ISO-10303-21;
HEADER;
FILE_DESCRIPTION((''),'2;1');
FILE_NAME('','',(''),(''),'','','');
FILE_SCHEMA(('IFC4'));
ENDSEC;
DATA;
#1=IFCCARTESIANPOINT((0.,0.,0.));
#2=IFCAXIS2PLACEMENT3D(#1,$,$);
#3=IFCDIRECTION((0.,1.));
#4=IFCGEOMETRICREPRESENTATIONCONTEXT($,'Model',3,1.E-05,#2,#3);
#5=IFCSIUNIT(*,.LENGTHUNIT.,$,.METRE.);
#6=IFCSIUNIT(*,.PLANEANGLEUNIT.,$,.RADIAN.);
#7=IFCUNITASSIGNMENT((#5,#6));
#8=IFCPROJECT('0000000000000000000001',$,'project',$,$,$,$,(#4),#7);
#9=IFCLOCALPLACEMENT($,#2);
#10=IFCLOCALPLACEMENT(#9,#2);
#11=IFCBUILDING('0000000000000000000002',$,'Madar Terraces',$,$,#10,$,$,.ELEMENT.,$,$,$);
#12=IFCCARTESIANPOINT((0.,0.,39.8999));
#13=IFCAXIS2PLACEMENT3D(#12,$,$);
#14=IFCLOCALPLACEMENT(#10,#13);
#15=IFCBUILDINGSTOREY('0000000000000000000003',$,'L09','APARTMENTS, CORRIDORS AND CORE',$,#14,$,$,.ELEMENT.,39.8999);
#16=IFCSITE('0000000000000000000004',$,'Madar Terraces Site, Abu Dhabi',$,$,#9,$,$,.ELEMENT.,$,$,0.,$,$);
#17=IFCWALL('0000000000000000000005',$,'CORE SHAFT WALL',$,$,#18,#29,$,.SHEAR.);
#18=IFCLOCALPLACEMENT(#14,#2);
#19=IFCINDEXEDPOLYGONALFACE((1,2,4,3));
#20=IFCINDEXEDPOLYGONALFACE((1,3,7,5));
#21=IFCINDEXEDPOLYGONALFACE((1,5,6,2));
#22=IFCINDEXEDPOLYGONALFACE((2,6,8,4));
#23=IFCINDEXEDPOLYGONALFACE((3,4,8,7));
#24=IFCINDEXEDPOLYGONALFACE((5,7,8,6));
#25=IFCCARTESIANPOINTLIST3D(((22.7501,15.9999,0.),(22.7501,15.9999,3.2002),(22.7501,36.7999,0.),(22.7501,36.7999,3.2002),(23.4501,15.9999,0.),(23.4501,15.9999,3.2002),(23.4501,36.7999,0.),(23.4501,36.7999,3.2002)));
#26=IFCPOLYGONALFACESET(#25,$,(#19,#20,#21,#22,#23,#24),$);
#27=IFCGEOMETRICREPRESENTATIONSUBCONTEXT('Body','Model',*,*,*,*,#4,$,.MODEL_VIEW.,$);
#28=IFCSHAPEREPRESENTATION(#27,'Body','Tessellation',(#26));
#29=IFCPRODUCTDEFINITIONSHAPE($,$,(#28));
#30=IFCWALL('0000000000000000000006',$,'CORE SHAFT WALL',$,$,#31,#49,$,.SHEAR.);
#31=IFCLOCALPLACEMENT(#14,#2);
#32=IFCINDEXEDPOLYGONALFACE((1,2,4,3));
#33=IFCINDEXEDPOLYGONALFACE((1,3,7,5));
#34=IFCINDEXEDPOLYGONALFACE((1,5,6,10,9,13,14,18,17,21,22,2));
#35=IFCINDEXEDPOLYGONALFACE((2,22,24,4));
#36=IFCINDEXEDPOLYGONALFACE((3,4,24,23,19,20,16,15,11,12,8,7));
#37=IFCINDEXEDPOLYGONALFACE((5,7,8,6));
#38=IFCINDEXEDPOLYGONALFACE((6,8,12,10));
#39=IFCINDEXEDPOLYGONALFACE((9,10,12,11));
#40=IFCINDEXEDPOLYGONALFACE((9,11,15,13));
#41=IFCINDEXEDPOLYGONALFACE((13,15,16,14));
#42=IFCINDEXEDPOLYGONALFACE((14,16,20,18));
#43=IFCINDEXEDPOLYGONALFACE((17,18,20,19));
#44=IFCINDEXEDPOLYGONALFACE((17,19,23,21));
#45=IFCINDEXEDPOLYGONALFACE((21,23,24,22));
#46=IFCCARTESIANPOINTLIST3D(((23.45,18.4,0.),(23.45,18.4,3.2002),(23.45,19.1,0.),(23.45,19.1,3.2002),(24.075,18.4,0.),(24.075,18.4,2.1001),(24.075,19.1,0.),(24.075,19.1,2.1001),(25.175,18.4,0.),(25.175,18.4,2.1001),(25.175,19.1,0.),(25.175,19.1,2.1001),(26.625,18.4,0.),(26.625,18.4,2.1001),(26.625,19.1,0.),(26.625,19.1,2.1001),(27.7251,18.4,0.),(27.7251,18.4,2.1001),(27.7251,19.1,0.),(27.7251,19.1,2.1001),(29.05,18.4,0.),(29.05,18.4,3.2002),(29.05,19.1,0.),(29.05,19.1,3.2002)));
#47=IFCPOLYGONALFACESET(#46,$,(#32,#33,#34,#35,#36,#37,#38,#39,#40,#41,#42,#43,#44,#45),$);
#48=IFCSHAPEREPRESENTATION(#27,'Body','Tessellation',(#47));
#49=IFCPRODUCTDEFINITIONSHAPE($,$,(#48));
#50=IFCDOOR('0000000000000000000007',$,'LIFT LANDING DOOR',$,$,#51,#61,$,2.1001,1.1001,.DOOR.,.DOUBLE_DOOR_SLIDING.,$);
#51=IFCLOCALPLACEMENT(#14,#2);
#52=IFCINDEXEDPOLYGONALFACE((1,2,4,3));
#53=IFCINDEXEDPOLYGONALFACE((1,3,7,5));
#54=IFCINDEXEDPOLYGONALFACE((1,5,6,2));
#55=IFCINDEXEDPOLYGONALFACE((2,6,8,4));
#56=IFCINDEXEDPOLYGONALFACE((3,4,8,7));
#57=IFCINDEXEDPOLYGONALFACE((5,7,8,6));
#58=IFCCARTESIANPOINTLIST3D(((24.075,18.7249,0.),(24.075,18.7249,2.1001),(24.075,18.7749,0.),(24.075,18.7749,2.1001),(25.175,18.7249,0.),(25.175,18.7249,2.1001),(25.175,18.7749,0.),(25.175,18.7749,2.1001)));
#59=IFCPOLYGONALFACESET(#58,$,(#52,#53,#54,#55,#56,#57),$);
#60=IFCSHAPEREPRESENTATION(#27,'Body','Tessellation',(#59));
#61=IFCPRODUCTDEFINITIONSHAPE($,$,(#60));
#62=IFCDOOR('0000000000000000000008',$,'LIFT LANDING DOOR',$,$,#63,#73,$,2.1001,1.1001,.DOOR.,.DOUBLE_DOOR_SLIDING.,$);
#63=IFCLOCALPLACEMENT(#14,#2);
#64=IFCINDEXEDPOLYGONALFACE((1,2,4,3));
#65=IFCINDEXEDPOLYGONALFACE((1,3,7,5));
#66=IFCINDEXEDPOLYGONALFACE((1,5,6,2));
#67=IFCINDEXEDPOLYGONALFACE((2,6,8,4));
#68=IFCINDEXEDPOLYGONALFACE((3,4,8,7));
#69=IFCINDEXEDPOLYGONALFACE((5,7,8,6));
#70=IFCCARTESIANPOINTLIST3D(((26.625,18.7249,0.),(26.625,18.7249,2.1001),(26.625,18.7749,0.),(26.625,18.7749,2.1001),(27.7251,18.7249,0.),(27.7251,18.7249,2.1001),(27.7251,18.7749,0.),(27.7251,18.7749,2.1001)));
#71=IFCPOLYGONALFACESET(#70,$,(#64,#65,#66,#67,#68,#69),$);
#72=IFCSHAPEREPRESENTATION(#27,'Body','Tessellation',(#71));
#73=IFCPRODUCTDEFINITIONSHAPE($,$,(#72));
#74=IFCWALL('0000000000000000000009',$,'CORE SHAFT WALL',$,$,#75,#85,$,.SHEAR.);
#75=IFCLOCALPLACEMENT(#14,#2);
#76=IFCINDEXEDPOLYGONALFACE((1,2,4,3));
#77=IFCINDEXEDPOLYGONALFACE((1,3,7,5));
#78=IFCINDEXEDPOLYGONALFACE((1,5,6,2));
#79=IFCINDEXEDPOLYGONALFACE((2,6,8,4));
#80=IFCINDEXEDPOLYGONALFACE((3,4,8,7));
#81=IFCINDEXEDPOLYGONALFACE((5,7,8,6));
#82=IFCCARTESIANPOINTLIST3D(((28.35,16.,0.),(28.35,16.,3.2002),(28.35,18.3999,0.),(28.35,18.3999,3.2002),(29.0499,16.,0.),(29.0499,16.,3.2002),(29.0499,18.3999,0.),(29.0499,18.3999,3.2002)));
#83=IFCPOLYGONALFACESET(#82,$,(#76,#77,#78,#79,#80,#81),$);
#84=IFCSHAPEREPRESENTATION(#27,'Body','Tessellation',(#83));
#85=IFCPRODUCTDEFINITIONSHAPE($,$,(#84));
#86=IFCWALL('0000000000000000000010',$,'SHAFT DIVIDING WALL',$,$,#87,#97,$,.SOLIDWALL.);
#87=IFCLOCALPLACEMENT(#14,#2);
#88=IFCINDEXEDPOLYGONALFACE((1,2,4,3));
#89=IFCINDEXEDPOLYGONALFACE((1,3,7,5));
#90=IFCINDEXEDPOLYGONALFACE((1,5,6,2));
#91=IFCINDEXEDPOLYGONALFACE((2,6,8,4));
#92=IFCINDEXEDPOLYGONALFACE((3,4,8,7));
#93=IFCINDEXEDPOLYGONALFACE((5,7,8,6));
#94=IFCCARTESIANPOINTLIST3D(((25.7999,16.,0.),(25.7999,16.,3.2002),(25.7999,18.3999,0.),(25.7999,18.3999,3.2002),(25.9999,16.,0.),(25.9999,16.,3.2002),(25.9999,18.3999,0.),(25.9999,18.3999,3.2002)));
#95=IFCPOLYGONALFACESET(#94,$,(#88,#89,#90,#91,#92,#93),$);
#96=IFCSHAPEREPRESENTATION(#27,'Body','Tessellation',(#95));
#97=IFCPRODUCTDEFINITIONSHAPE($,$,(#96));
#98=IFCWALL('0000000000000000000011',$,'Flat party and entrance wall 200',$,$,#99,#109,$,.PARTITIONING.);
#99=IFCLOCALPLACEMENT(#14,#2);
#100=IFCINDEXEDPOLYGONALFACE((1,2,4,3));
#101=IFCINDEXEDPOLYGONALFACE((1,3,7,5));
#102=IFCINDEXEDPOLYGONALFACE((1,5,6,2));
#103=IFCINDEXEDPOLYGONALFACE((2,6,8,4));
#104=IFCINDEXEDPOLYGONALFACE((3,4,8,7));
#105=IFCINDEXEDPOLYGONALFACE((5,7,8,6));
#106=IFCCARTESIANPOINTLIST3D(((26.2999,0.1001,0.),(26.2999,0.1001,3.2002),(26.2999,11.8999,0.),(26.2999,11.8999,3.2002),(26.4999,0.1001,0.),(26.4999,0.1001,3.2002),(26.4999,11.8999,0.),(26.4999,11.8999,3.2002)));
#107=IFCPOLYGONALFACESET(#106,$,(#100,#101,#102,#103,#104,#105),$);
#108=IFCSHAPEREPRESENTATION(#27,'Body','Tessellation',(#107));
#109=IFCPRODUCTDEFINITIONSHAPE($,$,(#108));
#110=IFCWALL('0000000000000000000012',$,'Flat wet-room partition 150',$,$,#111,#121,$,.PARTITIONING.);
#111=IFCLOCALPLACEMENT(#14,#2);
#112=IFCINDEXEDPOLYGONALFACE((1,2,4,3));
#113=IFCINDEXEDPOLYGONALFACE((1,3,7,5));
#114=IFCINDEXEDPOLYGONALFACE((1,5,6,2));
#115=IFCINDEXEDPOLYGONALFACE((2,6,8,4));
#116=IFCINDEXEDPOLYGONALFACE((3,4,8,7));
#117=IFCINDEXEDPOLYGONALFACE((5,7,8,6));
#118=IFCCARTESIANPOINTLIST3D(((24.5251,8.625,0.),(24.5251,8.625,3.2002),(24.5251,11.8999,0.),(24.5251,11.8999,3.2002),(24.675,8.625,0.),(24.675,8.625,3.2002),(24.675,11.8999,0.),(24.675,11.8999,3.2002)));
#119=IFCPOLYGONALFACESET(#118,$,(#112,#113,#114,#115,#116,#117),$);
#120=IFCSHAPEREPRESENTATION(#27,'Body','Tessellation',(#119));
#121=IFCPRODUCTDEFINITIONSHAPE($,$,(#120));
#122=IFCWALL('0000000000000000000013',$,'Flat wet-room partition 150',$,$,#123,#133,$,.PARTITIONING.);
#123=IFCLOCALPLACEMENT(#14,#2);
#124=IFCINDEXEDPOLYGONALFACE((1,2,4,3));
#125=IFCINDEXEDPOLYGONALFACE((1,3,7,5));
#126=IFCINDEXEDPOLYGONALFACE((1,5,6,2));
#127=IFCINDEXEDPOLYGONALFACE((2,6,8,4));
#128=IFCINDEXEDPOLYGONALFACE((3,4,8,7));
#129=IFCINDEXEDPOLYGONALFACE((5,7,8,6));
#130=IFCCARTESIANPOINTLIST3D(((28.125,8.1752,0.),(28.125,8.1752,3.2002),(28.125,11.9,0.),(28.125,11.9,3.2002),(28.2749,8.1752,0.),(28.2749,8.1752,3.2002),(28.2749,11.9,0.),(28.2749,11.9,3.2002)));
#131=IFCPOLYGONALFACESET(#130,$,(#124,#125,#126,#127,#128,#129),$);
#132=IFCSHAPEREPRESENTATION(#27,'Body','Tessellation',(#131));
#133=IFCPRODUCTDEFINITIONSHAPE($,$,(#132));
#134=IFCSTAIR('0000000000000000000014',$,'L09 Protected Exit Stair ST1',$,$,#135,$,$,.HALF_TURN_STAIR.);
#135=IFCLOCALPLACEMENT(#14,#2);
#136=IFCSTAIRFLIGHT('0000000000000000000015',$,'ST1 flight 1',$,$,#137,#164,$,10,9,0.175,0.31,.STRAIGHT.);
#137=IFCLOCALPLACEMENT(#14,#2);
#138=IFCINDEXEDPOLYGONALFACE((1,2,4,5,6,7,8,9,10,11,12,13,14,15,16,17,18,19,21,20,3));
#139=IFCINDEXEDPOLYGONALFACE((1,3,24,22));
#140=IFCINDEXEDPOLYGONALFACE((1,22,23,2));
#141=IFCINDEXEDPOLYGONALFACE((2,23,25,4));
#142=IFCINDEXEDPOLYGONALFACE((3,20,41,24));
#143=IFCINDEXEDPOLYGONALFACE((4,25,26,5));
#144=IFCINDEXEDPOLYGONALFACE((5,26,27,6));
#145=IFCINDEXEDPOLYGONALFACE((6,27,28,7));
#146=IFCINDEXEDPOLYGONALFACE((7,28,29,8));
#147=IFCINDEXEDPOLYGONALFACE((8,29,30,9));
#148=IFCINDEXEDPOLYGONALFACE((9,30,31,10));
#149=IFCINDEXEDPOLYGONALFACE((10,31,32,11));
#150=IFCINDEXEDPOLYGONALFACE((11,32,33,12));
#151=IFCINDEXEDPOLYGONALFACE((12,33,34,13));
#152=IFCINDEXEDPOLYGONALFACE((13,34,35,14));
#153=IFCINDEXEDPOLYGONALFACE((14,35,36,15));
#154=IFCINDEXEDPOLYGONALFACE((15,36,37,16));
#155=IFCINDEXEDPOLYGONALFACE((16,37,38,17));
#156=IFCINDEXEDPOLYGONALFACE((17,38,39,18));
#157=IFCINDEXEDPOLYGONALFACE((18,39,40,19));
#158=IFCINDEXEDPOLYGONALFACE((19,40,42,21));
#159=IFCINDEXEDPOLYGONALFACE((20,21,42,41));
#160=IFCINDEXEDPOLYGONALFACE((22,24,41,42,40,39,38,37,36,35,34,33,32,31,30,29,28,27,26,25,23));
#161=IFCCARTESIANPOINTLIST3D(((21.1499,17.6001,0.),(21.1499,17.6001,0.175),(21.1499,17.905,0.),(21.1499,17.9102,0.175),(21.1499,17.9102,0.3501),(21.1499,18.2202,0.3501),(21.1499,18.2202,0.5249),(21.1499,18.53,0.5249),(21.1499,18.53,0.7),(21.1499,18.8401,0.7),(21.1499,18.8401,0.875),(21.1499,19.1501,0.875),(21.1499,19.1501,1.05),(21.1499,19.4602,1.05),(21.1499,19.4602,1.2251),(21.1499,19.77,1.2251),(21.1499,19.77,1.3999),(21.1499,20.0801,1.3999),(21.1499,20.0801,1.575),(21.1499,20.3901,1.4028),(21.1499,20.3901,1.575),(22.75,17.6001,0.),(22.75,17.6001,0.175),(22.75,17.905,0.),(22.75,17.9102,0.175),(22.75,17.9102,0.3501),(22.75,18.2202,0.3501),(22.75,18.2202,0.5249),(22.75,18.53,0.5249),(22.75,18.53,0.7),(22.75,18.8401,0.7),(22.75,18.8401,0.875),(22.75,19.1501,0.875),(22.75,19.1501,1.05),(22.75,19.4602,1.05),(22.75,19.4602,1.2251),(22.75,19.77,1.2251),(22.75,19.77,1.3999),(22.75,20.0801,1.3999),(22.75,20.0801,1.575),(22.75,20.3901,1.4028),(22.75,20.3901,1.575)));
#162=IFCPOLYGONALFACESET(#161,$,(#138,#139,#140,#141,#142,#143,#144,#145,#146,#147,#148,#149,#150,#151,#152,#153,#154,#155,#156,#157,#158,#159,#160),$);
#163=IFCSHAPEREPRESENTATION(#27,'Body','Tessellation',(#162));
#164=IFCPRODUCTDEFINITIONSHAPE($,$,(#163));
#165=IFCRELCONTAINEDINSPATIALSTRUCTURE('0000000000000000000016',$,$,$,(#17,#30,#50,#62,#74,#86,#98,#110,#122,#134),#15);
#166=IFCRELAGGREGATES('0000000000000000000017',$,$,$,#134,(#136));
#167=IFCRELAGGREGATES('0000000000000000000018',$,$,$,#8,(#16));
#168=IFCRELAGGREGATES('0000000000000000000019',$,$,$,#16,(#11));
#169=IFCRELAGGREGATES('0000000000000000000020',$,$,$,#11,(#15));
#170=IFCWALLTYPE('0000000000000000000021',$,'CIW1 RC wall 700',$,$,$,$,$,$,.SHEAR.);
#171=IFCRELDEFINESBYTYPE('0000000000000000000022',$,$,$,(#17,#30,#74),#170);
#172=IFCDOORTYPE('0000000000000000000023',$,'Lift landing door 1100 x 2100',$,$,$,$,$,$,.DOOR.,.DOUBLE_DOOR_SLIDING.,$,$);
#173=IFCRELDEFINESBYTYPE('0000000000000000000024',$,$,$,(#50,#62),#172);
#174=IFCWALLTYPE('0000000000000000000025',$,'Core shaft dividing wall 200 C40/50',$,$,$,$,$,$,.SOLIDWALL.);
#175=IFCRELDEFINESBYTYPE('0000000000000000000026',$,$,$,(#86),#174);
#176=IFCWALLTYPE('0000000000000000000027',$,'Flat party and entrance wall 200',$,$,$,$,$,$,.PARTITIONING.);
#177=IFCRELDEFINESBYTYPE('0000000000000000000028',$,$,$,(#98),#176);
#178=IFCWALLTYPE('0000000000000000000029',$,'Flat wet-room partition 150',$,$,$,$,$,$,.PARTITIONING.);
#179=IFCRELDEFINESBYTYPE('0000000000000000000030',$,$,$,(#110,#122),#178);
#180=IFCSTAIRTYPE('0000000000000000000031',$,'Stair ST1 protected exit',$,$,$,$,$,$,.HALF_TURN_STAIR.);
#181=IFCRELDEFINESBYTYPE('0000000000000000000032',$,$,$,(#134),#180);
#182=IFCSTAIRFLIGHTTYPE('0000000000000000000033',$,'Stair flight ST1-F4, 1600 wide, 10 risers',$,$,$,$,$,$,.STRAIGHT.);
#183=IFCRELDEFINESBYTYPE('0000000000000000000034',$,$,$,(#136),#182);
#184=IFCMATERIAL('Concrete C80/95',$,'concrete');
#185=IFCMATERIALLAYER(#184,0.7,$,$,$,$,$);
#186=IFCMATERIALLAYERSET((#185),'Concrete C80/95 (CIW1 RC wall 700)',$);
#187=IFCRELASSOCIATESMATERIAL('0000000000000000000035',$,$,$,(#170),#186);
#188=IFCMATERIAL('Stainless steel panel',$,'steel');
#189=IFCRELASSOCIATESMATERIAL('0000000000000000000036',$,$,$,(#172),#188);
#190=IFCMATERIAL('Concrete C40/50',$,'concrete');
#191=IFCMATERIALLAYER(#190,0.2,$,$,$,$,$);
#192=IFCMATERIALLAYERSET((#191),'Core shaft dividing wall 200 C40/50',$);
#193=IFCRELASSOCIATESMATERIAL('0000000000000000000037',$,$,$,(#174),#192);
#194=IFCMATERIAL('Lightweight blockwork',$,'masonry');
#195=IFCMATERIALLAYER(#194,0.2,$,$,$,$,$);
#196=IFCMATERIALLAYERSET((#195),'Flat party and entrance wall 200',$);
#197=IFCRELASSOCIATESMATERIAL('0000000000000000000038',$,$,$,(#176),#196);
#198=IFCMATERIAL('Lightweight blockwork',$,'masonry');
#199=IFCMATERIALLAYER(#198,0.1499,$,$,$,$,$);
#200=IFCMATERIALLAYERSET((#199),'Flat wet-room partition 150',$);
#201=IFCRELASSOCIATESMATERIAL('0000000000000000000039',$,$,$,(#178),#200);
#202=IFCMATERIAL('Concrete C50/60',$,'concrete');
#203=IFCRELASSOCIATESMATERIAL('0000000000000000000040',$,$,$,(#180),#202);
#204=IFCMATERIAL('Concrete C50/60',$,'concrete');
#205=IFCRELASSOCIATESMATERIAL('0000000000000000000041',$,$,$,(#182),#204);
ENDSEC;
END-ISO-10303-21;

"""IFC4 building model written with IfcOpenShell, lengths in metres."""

from ifc_helpers import new_model, si_unit, direction, frame, frame_2d, origin, place, context, subcontext, project, spatial, polyline, rectangle, outline, extrude, material, layer, layer_set, type_object, element, fill, aggregate, save


model = new_model("IFC4")

# Units and contexts
model_context = context("Model", 3, precision=1e-05, world=origin(), true_north=direction((0.0, 1.0)))
body_context = subcontext(model_context, "Body", "Model", "MODEL_VIEW")
ifc_project = project(units=[si_unit("LENGTHUNIT", "METRE"), si_unit("PLANEANGLEUNIT", "RADIAN")], contexts=[model_context])

# Site, building, storey
site_placement = place(None, origin())
site = spatial("IfcSite", under=ifc_project, at=site_placement, Name="Madar Terraces Site, Abu Dhabi", CompositionType="ELEMENT", RefElevation=0.0)
building_placement = place(site_placement, origin())
building = spatial("IfcBuilding", under=site, at=building_placement, Name="Madar Terraces", CompositionType="ELEMENT")
storey_placement = place(building_placement, frame((0.0, 0.0, 39.8999)))
storey = spatial("IfcBuildingStorey", under=building, at=storey_placement, Name="L09", Description="APARTMENTS, CORRIDORS AND CORE", CompositionType="ELEMENT", Elevation=39.8999)

# Wall
ifc_material_1 = material(Name="Concrete C80/95", Category="concrete")
ifc_layer_1 = layer(ifc_material_1, 0.7)
ifc_layer_set_1 = layer_set([ifc_layer_1], Name="Concrete C80/95 (CIW1 RC wall 700)")
wall_type_1 = type_object("IfcWallType", Name="CIW1 RC wall 700", PredefinedType="SHEAR", material=ifc_layer_set_1)
wall_1_placement = place(storey_placement, frame((23.1001, 16.0, 0.0), z_axis=(0.0, 0.0, 1.0), x_axis=(0.0, 1.0, 0.0)))
element("IfcWall", 1, at=wall_1_placement, inside=storey, type_object=wall_type_1, Name="CORE SHAFT WALL", PredefinedType="SHEAR", context=body_context, shape_type="SweptSolid", body=[
    extrude(rectangle(XDim=20.8, YDim=0.7, at=frame_2d((10.3999, 0.0))), origin(), (0.0, 0.0, 1.0), 3.2002),
])

# Wall, openings, doors
wall_2_placement = place(storey_placement, frame((23.45, 18.75, 0.0), z_axis=(0.0, 0.0, 1.0), x_axis=(1.0, 0.0, 0.0)))
wall_2 = element("IfcWall", 2, at=wall_2_placement, inside=storey, type_object=wall_type_1, Name="CORE SHAFT WALL", PredefinedType="SHEAR", context=body_context, shape_type="SweptSolid", body=[
    extrude(rectangle(XDim=5.6001, YDim=0.7, at=frame_2d((2.8, 0.0))), origin(), (0.0, 0.0, 1.0), 3.2002),
])
opening_1_placement = place(wall_2_placement, frame((0.625, 0.0, 0.0)))
opening_1 = element("IfcOpeningElement", 3, at=opening_1_placement, cuts=wall_2, PredefinedType="OPENING", context=body_context, shape_type="SweptSolid", body=[
    extrude(rectangle(XDim=1.1001, YDim=2.1001, at=frame_2d((0.55, 1.05))), frame((0.0, 0.3599, 0.0), z_axis=(0.0, -1.0, 0.0), x_axis=(1.0, 0.0, 0.0)), (0.0, 0.0, 1.0), 0.72),
])
opening_2_placement = place(wall_2_placement, frame((3.175, 0.0, 0.0)))
opening_2 = element("IfcOpeningElement", 4, at=opening_2_placement, cuts=wall_2, PredefinedType="OPENING", context=body_context, shape_type="SweptSolid", body=[
    extrude(rectangle(XDim=1.1001, YDim=2.1001, at=frame_2d((0.55, 1.05))), frame((0.0, 0.3599, 0.0), z_axis=(0.0, -1.0, 0.0), x_axis=(1.0, 0.0, 0.0)), (0.0, 0.0, 1.0), 0.72),
])
ifc_material_2 = material(Name="Stainless steel panel", Category="steel")
door_type = type_object("IfcDoorType", Name="Lift landing door 1100 x 2100", OperationType="DOUBLE_DOOR_SLIDING", PredefinedType="DOOR", material=ifc_material_2)
door_1_placement = place(opening_1_placement, origin())
door_1 = element("IfcDoor", 5, at=door_1_placement, inside=storey, type_object=door_type, Name="LIFT LANDING DOOR", OperationType="DOUBLE_DOOR_SLIDING", OverallHeight=2.1001, OverallWidth=1.1001, PredefinedType="DOOR", context=body_context, shape_type="SweptSolid", body=[
    extrude(rectangle(XDim=1.1001, YDim=2.1001, at=frame_2d((0.55, 1.05))), frame((0.0, 0.0249, 0.0), z_axis=(0.0, -1.0, 0.0), x_axis=(1.0, 0.0, 0.0)), (0.0, 0.0, 1.0), 0.05),
])
fill(opening_1, door_1)
door_2_placement = place(opening_2_placement, origin())
door_2 = element("IfcDoor", 6, at=door_2_placement, inside=storey, type_object=door_type, Name="LIFT LANDING DOOR", OperationType="DOUBLE_DOOR_SLIDING", OverallHeight=2.1001, OverallWidth=1.1001, PredefinedType="DOOR", context=body_context, shape_type="SweptSolid", body=[
    extrude(rectangle(XDim=1.1001, YDim=2.1001, at=frame_2d((0.55, 1.05))), frame((0.0, 0.0249, 0.0), z_axis=(0.0, -1.0, 0.0), x_axis=(1.0, 0.0, 0.0)), (0.0, 0.0, 1.0), 0.05),
])
fill(opening_2, door_2)

# Walls
wall_3_placement = place(storey_placement, frame((28.7, 16.0, 0.0), z_axis=(0.0, 0.0, 1.0), x_axis=(0.0, 1.0, 0.0)))
element("IfcWall", 7, at=wall_3_placement, inside=storey, type_object=wall_type_1, Name="CORE SHAFT WALL", PredefinedType="SHEAR", context=body_context, shape_type="SweptSolid", body=[
    extrude(rectangle(XDim=2.3999, YDim=0.7, at=frame_2d((1.2, 0.0))), origin(), (0.0, 0.0, 1.0), 3.2002),
])
ifc_material_3 = material(Name="Concrete C40/50", Category="concrete")
ifc_layer_2 = layer(ifc_material_3, 0.2)
ifc_layer_set_2 = layer_set([ifc_layer_2], Name="Core shaft dividing wall 200 C40/50")
wall_type_2 = type_object("IfcWallType", Name="Core shaft dividing wall 200 C40/50", PredefinedType="SOLIDWALL", material=ifc_layer_set_2)
wall_4_placement = place(storey_placement, frame((25.8999, 16.0, 0.0), z_axis=(0.0, 0.0, 1.0), x_axis=(0.0, 1.0, 0.0)))
element("IfcWall", 8, at=wall_4_placement, inside=storey, type_object=wall_type_2, Name="SHAFT DIVIDING WALL", PredefinedType="SOLIDWALL", context=body_context, shape_type="SweptSolid", body=[
    extrude(rectangle(XDim=2.3999, YDim=0.2, at=frame_2d((1.2, 0.0))), origin(), (0.0, 0.0, 1.0), 3.2002),
])
ifc_material_4 = material(Name="Lightweight blockwork", Category="masonry")
ifc_layer_3 = layer(ifc_material_4, 0.2)
ifc_layer_set_3 = layer_set([ifc_layer_3], Name="Flat party and entrance wall 200")
wall_type_3 = type_object("IfcWallType", Name="Flat party and entrance wall 200", PredefinedType="PARTITIONING", material=ifc_layer_set_3)
wall_5_placement = place(storey_placement, frame((26.3999, 11.8999, 0.0), z_axis=(0.0, 0.0, 1.0), x_axis=(0.0, -1.0, 0.0)))
element("IfcWall", 9, at=wall_5_placement, inside=storey, type_object=wall_type_3, Name="Flat party and entrance wall 200", PredefinedType="PARTITIONING", context=body_context, shape_type="SweptSolid", body=[
    extrude(rectangle(XDim=11.7998, YDim=0.2, at=frame_2d((5.8999, 0.0))), origin(), (0.0, 0.0, 1.0), 3.2002),
])
ifc_material_5 = material(Name="Lightweight blockwork", Category="masonry")
ifc_layer_4 = layer(ifc_material_5, 0.1499)
ifc_layer_set_4 = layer_set([ifc_layer_4], Name="Flat wet-room partition 150")
wall_type_4 = type_object("IfcWallType", Name="Flat wet-room partition 150", PredefinedType="PARTITIONING", material=ifc_layer_set_4)
wall_6_placement = place(storey_placement, frame((24.6001, 11.8999, 0.0), z_axis=(0.0, 0.0, 1.0), x_axis=(0.0, -1.0, 0.0)))
element("IfcWall", 10, at=wall_6_placement, inside=storey, type_object=wall_type_4, Name="Flat wet-room partition 150", PredefinedType="PARTITIONING", context=body_context, shape_type="SweptSolid", body=[
    extrude(rectangle(XDim=3.2749, YDim=0.1499, at=frame_2d((1.6375, 0.0))), origin(), (0.0, 0.0, 1.0), 3.2002),
])
wall_7_placement = place(storey_placement, frame((28.2, 11.8999, 0.0), z_axis=(0.0, 0.0, 1.0), x_axis=(0.0, -1.0, 0.0)))
element("IfcWall", 11, at=wall_7_placement, inside=storey, type_object=wall_type_4, Name="Flat wet-room partition 150", PredefinedType="PARTITIONING", context=body_context, shape_type="SweptSolid", body=[
    extrude(rectangle(XDim=3.7249, YDim=0.1499, at=frame_2d((1.8623, 0.0))), origin(), (0.0, 0.0, 1.0), 3.2002),
])

# Stair, stair flight
ifc_material_6 = material(Name="Concrete C50/60", Category="concrete")
stair_type = type_object("IfcStairType", Name="Stair ST1 protected exit", PredefinedType="HALF_TURN_STAIR", material=ifc_material_6)
stair_placement = place(storey_placement, origin())
stair = element("IfcStair", 12, at=stair_placement, inside=storey, type_object=stair_type, Name="L09 Protected Exit Stair ST1", PredefinedType="HALF_TURN_STAIR")
ifc_material_7 = material(Name="Concrete C50/60", Category="concrete")
stair_flight_type = type_object("IfcStairFlightType", Name="Stair flight ST1-F4, 1600 wide, 10 risers", PredefinedType="STRAIGHT", material=ifc_material_7)
stair_flight_placement = place(storey_placement, frame((21.95, 17.6001, 0.0), z_axis=(0.0, 0.0, 1.0), x_axis=(0.0, 1.0, 0.0)))
stair_flight = element("IfcStairFlight", 13, at=stair_flight_placement, type_object=stair_flight_type, Name="ST1 flight 1", NumberOfRisers=10, NumberOfTreads=9, PredefinedType="STRAIGHT", RiserHeight=0.175, TreadLength=0.31, context=body_context, shape_type="SweptSolid", body=[
    extrude(outline(polyline([(0.0, 0.0), (0.0, 0.175), (0.3101, 0.175), (0.3101, 0.3501), (0.6201, 0.3501), (0.6201, 0.5249), (0.9299, 0.5249), (0.9299, 0.7), (1.24, 0.7), (1.24, 0.875), (1.55, 0.875), (1.55, 1.05), (1.8601, 1.05), (1.8601, 1.2251), (2.1699, 1.2251), (2.1699, 1.3999), (2.48, 1.3999), (2.48, 1.575), (2.79, 1.575), (2.79, 1.75), (2.79, 1.4028), (0.3049, 0.0), (0.0, 0.0)])), frame((0.0, 0.8, 0.0), z_axis=(0.0, -1.0, 0.0), x_axis=(1.0, 0.0, 0.0)), (0.0, 0.0, 1.0), 1.6001),
])
aggregate(stair, [stair_flight])

save(model, "model.ifc")
